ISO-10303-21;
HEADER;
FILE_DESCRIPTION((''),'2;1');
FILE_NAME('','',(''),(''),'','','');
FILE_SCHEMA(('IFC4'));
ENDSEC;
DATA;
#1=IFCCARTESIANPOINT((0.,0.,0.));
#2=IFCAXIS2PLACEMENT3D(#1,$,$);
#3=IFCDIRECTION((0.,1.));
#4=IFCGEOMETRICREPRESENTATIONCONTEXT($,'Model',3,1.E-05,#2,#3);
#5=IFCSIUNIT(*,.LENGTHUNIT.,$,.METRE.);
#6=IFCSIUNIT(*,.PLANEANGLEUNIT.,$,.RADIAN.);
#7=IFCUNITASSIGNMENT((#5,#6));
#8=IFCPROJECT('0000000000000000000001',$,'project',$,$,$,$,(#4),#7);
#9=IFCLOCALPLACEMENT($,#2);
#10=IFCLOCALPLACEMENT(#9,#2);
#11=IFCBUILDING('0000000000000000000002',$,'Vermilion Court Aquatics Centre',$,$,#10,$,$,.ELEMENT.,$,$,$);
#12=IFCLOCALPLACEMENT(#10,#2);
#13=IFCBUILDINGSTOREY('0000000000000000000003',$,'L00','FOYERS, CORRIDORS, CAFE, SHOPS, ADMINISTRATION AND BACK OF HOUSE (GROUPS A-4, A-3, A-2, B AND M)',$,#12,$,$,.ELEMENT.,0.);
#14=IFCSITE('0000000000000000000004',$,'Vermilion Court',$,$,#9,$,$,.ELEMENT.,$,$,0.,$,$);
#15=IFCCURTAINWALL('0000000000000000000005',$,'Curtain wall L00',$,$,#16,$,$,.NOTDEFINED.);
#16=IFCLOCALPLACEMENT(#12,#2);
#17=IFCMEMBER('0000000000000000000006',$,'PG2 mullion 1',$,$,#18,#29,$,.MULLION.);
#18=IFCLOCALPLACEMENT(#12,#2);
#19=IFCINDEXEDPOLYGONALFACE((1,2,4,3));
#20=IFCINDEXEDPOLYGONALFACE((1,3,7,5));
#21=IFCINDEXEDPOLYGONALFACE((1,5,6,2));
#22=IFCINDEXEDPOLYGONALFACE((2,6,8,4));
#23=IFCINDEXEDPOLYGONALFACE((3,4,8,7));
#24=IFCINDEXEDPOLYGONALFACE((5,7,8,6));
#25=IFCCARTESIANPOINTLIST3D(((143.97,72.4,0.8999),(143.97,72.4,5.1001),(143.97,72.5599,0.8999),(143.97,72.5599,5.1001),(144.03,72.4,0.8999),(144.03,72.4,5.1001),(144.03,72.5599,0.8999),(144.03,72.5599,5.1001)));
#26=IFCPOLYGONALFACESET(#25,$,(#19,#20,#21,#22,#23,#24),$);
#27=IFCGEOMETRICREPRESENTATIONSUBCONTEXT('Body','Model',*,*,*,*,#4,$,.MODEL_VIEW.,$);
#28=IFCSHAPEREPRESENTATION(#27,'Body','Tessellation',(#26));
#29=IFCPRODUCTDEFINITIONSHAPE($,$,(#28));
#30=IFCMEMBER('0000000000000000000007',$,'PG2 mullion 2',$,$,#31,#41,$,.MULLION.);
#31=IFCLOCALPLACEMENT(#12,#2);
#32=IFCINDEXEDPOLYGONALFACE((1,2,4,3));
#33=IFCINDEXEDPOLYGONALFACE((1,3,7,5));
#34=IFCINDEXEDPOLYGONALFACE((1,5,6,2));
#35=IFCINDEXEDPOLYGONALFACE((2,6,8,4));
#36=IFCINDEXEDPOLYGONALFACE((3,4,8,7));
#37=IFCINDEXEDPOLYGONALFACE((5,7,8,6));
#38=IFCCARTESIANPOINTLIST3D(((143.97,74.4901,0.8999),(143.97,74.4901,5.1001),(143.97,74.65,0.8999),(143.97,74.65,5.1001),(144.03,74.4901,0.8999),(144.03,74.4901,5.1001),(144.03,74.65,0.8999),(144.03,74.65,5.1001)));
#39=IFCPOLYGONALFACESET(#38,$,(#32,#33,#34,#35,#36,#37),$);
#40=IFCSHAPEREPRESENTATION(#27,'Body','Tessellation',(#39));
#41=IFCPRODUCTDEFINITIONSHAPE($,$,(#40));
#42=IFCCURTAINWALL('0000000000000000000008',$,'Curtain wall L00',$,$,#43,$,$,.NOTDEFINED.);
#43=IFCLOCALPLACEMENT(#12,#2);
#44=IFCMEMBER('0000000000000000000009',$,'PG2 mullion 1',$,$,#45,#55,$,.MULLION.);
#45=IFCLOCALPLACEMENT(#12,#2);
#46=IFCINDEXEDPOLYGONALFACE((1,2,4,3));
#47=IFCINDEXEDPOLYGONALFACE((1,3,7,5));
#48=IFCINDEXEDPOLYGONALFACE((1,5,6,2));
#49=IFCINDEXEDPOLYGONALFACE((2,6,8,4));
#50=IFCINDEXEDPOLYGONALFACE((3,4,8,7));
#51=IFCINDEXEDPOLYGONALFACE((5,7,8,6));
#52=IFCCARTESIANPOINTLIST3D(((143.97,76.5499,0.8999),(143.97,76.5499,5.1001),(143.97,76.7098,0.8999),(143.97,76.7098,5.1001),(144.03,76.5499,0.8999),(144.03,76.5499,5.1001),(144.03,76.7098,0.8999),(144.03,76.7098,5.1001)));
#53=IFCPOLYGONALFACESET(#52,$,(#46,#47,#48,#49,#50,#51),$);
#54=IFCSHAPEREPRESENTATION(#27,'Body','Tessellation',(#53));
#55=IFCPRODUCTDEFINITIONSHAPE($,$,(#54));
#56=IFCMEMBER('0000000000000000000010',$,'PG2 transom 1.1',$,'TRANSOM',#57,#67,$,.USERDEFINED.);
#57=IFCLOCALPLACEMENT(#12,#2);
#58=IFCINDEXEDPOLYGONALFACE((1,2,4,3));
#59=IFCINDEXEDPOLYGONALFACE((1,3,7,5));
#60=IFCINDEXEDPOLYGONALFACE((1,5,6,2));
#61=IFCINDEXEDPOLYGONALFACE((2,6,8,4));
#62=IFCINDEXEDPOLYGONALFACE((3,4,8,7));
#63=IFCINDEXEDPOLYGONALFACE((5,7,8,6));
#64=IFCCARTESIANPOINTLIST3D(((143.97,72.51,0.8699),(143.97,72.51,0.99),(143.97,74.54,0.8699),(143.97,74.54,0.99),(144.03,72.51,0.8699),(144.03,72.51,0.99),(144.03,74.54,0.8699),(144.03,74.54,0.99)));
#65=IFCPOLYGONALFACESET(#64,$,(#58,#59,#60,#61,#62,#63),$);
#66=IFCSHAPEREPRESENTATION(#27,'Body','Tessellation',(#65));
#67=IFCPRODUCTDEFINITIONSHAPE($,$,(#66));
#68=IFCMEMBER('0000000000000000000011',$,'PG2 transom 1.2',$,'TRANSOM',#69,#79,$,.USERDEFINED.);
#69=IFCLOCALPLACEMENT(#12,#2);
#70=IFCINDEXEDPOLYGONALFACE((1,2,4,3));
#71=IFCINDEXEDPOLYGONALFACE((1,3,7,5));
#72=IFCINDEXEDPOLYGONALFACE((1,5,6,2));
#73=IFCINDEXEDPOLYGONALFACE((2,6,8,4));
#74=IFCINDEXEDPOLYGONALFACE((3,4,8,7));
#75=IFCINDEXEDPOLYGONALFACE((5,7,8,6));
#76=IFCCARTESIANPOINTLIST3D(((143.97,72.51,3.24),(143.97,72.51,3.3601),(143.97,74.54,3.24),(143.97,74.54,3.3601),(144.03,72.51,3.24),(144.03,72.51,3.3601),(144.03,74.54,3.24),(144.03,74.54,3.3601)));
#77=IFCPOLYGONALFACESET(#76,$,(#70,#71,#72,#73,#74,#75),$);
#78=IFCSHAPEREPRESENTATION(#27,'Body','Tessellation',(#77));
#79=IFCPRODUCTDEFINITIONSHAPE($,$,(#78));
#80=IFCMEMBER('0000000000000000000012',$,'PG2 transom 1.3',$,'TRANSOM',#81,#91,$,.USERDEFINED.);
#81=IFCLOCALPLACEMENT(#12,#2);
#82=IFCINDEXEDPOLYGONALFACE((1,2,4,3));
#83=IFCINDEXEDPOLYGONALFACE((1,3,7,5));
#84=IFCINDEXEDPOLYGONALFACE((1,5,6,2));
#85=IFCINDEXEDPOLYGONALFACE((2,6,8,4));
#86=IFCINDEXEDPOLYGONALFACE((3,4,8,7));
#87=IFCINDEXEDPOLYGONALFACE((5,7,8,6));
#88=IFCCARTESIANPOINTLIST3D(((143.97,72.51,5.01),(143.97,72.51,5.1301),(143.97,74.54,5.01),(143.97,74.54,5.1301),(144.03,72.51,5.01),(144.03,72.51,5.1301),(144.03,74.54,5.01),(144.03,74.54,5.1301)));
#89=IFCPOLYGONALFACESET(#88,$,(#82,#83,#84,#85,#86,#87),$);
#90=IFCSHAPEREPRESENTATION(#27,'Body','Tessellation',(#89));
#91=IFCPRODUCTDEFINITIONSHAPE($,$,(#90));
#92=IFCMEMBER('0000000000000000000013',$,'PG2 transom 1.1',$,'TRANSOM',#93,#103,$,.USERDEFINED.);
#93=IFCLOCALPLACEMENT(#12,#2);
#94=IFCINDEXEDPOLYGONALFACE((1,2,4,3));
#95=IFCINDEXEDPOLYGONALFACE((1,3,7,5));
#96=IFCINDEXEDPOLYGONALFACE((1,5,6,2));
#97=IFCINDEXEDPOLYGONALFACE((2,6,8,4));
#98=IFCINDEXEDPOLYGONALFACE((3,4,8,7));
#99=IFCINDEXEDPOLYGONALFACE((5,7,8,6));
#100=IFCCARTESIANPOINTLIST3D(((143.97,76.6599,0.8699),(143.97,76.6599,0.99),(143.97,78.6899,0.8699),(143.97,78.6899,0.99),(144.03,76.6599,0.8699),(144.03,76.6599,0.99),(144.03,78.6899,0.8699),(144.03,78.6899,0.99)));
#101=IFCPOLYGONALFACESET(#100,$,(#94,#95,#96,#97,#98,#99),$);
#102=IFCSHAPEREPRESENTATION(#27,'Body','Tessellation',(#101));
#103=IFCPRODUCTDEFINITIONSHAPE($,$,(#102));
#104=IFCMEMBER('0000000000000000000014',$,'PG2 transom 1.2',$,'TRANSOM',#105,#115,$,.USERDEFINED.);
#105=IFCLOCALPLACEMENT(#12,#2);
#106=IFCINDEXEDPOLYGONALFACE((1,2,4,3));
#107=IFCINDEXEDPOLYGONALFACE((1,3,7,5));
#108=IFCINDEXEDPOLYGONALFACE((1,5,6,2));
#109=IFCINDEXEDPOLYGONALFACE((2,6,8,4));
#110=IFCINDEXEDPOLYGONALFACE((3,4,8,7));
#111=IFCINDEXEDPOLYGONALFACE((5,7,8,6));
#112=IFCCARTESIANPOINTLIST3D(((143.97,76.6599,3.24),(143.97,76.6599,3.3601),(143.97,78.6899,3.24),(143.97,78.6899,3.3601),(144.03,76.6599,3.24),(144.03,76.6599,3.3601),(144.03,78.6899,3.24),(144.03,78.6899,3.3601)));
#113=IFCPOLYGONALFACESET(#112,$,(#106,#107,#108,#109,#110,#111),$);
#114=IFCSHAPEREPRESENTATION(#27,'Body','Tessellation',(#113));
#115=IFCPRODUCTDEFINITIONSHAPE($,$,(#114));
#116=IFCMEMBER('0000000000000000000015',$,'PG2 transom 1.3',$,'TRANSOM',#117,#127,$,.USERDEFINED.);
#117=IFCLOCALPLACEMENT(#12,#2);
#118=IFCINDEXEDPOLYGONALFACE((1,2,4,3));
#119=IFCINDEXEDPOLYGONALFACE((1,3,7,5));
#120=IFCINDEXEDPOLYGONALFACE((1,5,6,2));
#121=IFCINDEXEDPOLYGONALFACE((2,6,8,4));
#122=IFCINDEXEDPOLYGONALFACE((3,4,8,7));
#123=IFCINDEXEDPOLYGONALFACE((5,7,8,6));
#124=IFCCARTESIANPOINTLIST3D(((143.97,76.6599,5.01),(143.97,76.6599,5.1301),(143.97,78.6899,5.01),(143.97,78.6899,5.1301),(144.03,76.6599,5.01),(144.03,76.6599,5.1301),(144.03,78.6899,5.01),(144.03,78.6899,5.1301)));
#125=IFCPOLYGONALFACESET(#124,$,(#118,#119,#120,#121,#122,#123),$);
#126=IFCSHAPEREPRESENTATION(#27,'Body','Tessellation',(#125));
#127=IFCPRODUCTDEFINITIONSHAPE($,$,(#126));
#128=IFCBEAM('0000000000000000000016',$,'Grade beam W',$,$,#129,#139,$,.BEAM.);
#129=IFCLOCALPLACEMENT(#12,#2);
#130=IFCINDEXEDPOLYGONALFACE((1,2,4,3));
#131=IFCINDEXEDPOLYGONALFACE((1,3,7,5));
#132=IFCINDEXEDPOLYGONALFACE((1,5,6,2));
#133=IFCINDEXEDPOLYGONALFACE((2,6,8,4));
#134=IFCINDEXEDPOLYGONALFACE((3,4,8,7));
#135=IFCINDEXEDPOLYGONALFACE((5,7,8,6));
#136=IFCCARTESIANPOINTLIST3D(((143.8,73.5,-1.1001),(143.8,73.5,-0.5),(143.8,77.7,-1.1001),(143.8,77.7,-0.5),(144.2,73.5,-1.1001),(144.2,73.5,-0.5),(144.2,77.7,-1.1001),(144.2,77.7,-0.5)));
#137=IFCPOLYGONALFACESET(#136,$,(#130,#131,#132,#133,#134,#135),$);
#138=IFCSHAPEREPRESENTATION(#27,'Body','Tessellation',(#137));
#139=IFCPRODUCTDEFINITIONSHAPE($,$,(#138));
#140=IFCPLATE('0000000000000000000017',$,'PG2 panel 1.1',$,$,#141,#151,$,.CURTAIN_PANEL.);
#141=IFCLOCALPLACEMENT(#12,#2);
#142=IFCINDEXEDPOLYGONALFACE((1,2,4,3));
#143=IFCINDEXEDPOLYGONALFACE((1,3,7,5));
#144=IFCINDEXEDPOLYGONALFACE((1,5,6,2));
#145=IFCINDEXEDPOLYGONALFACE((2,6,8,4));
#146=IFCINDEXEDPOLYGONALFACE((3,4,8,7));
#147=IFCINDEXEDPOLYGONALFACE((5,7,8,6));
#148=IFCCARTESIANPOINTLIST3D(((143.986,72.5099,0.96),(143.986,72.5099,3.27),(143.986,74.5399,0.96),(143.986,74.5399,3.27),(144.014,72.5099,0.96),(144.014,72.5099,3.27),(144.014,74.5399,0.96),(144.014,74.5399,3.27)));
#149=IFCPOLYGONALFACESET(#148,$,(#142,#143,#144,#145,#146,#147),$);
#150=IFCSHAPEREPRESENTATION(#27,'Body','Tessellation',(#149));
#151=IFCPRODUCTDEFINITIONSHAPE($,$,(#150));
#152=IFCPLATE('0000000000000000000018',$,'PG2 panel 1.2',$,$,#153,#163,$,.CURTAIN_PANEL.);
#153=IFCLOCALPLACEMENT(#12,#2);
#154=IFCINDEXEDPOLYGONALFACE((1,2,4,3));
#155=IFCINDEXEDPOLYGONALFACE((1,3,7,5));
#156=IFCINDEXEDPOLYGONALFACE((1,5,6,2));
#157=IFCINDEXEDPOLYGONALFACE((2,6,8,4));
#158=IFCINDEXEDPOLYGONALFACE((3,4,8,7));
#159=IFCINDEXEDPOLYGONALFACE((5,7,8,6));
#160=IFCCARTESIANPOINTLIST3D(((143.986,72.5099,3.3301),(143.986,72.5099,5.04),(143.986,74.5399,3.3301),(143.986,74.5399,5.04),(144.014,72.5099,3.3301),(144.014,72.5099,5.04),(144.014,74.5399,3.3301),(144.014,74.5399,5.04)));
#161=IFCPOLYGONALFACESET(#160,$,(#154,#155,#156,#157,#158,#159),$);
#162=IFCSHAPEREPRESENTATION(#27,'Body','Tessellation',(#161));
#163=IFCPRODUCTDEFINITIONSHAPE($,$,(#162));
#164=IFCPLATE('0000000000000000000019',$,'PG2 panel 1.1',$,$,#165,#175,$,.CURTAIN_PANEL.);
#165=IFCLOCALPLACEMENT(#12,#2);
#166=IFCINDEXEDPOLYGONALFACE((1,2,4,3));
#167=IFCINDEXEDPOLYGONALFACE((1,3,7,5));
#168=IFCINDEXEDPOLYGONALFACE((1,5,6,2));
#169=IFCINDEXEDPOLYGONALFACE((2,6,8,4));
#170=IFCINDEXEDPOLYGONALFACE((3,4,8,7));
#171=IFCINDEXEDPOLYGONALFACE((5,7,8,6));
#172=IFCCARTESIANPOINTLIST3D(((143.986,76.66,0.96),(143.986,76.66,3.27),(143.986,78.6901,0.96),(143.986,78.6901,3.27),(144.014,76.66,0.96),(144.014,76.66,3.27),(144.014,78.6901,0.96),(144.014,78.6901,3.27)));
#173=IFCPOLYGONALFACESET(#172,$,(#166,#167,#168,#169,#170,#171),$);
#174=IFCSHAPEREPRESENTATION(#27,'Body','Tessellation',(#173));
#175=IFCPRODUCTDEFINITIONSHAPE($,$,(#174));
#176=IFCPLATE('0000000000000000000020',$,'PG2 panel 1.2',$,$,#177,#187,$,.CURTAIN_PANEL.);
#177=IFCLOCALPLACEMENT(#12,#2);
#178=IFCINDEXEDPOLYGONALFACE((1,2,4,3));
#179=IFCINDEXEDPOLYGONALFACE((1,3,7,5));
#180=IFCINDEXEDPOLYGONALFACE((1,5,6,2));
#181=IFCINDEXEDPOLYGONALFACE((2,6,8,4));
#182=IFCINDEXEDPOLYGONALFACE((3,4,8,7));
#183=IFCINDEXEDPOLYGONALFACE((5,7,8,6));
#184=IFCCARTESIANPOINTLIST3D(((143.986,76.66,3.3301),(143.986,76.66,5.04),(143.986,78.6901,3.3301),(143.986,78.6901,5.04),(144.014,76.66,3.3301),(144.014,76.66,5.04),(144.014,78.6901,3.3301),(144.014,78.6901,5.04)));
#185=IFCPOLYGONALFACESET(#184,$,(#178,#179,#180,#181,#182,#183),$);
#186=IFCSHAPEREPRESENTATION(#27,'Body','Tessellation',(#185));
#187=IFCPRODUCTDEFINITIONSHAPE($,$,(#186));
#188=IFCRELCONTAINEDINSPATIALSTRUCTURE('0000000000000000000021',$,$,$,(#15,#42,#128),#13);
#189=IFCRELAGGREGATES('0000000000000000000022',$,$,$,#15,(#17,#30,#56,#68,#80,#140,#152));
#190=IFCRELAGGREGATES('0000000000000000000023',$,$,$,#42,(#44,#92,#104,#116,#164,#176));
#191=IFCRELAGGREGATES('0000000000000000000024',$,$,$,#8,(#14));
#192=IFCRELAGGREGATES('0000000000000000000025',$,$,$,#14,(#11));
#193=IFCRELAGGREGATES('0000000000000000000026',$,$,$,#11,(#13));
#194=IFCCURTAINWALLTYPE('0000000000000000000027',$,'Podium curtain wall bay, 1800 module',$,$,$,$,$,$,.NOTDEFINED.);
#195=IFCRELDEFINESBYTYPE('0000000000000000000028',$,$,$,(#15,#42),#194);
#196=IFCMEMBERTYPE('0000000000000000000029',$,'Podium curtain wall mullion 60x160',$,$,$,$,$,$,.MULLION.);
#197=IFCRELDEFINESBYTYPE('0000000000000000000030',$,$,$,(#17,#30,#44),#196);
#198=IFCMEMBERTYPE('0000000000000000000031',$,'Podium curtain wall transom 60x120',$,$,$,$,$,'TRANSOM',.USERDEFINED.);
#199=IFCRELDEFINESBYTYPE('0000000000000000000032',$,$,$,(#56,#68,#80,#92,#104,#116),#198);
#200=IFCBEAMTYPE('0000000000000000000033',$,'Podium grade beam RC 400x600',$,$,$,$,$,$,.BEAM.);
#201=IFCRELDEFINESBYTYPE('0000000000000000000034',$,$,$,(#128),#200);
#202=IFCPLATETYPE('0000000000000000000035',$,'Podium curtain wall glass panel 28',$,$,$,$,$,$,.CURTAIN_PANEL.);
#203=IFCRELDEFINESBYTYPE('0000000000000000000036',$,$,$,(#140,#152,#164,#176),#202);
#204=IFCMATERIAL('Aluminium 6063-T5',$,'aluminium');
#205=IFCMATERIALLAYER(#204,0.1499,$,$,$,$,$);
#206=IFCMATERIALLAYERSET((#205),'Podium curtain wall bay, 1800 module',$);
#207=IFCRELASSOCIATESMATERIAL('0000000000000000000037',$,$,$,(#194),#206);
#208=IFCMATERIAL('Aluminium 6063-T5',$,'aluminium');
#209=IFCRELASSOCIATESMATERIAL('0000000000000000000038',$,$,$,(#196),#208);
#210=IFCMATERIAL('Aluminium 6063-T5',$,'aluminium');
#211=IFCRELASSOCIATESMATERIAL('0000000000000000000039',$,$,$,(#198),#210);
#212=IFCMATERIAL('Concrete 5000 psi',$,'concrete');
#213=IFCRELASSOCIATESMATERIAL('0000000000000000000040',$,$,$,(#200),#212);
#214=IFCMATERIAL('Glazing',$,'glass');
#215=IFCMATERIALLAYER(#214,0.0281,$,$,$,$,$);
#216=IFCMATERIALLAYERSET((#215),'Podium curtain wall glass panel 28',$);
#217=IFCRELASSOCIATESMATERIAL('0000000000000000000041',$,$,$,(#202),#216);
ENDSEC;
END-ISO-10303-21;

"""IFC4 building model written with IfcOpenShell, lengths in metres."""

from ifc_helpers import new_model, si_unit, direction, frame, origin, origin_2d, place, context, subcontext, project, spatial, rectangle, extrude, material, layer, layer_set, material_profile, profile_set, type_object, element, aggregate, save


model = new_model("IFC4")

# Units and contexts
model_context = context("Model", 3, precision=1e-05, world=origin(), true_north=direction((0.0, 1.0)))
body_context = subcontext(model_context, "Body", "Model", "MODEL_VIEW")
ifc_project = project(units=[si_unit("LENGTHUNIT", "METRE"), si_unit("PLANEANGLEUNIT", "RADIAN")], contexts=[model_context])

# Site, building, storey
site_placement = place(None, origin())
site = spatial("IfcSite", under=ifc_project, at=site_placement, Name="Vermilion Court", CompositionType="ELEMENT", RefElevation=0.0)
building_placement = place(site_placement, origin())
building = spatial("IfcBuilding", under=site, at=building_placement, Name="Vermilion Court Aquatics Centre", CompositionType="ELEMENT")
storey_placement = place(building_placement, origin())
storey = spatial("IfcBuildingStorey", under=building, at=storey_placement, Name="L00", Description="FOYERS, CORRIDORS, CAFE, SHOPS, ADMINISTRATION AND BACK OF HOUSE (GROUPS A-4, A-3, A-2, B AND M)", CompositionType="ELEMENT", Elevation=0.0)

# Curtain wall, members
ifc_material_1 = material(Name="Aluminium 6063-T5", Category="aluminium")
ifc_layer_1 = layer(ifc_material_1, 0.1499)
ifc_layer_set_1 = layer_set([ifc_layer_1], Name="Podium curtain wall bay, 1800 module")
curtain_wall_type = type_object("IfcCurtainWallType", Name="Podium curtain wall bay, 1800 module", PredefinedType="NOTDEFINED", material=ifc_layer_set_1)
curtain_wall_1_placement = place(storey_placement, origin())
curtain_wall_1 = element("IfcCurtainWall", 1, at=curtain_wall_1_placement, inside=storey, type_object=curtain_wall_type, Name="Curtain wall L00", PredefinedType="NOTDEFINED")
ifc_material_2 = material(Name="Aluminium 6063-T5", Category="aluminium")
ifc_material_profile_1 = material_profile(ifc_material_2, rectangle(XDim=0.0601, YDim=0.1599, at=origin_2d()), Name="Mullion 60x160")
ifc_profile_set_1 = profile_set([ifc_material_profile_1], Name="Aluminium 6063-T5")
member_type_1 = type_object("IfcMemberType", Name="Podium curtain wall mullion 60x160", PredefinedType="MULLION", material=ifc_profile_set_1)
member_1_placement = place(storey_placement, frame((144.0, 72.48, 0.8999), z_axis=(0.0, 0.0, 1.0), x_axis=(-1.0, 0.0, 0.0)))
member_1 = element("IfcMember", 2, at=member_1_placement, type_object=member_type_1, Name="PG2 mullion 1", PredefinedType="MULLION", context=body_context, shape_type="SweptSolid", body=[
    extrude(rectangle(XDim=0.0601, YDim=0.1599, at=origin_2d()), origin(), (0.0, 0.0, 1.0), 4.2002),
])
member_2_placement = place(storey_placement, frame((144.0, 74.5701, 0.8999), z_axis=(0.0, 0.0, 1.0), x_axis=(-1.0, 0.0, 0.0)))
member_2 = element("IfcMember", 3, at=member_2_placement, type_object=member_type_1, Name="PG2 mullion 2", PredefinedType="MULLION", context=body_context, shape_type="SweptSolid", body=[
    extrude(rectangle(XDim=0.0601, YDim=0.1599, at=origin_2d()), origin(), (0.0, 0.0, 1.0), 4.2002),
])

# Curtain wall, member
curtain_wall_2_placement = place(storey_placement, origin())
curtain_wall_2 = element("IfcCurtainWall", 4, at=curtain_wall_2_placement, inside=storey, type_object=curtain_wall_type, Name="Curtain wall L00", PredefinedType="NOTDEFINED")
member_3_placement = place(storey_placement, frame((144.0, 76.6299, 0.8999), z_axis=(0.0, 0.0, 1.0), x_axis=(-1.0, 0.0, 0.0)))
member_3 = element("IfcMember", 5, at=member_3_placement, type_object=member_type_1, Name="PG2 mullion 1", PredefinedType="MULLION", context=body_context, shape_type="SweptSolid", body=[
    extrude(rectangle(XDim=0.0601, YDim=0.1599, at=origin_2d()), origin(), (0.0, 0.0, 1.0), 4.2002),
])

# Members
ifc_material_3 = material(Name="Aluminium 6063-T5", Category="aluminium")
ifc_material_profile_2 = material_profile(ifc_material_3, rectangle(XDim=0.0601, YDim=0.1201, at=origin_2d()), Name="Transom 60x120")
ifc_profile_set_2 = profile_set([ifc_material_profile_2], Name="Aluminium 6063-T5")
member_type_2 = type_object("IfcMemberType", Name="Podium curtain wall transom 60x120", ElementType="TRANSOM", PredefinedType="USERDEFINED", material=ifc_profile_set_2)
member_4_placement = place(storey_placement, frame((144.0, 72.51, 0.9299), z_axis=(0.0, 1.0, 0.0), x_axis=(-1.0, 0.0, 0.0)))
member_4 = element("IfcMember", 6, at=member_4_placement, type_object=member_type_2, Name="PG2 transom 1.1", ObjectType="TRANSOM", PredefinedType="USERDEFINED", context=body_context, shape_type="SweptSolid", body=[
    extrude(rectangle(XDim=0.0601, YDim=0.1201, at=origin_2d()), origin(), (0.0, 0.0, 1.0), 2.03),
])
member_5_placement = place(storey_placement, frame((144.0, 72.51, 3.3), z_axis=(0.0, 1.0, 0.0), x_axis=(-1.0, 0.0, 0.0)))
member_5 = element("IfcMember", 7, at=member_5_placement, type_object=member_type_2, Name="PG2 transom 1.2", ObjectType="TRANSOM", PredefinedType="USERDEFINED", context=body_context, shape_type="SweptSolid", body=[
    extrude(rectangle(XDim=0.0601, YDim=0.1201, at=origin_2d()), origin(), (0.0, 0.0, 1.0), 2.03),
])
member_6_placement = place(storey_placement, frame((144.0, 72.51, 5.0701), z_axis=(0.0, 1.0, 0.0), x_axis=(-1.0, 0.0, 0.0)))
member_6 = element("IfcMember", 8, at=member_6_placement, type_object=member_type_2, Name="PG2 transom 1.3", ObjectType="TRANSOM", PredefinedType="USERDEFINED", context=body_context, shape_type="SweptSolid", body=[
    extrude(rectangle(XDim=0.0601, YDim=0.1201, at=origin_2d()), origin(), (0.0, 0.0, 1.0), 2.03),
])
member_7_placement = place(storey_placement, frame((144.0, 76.6599, 0.9299), z_axis=(0.0, 1.0, 0.0), x_axis=(-1.0, 0.0, 0.0)))
member_7 = element("IfcMember", 9, at=member_7_placement, type_object=member_type_2, Name="PG2 transom 1.1", ObjectType="TRANSOM", PredefinedType="USERDEFINED", context=body_context, shape_type="SweptSolid", body=[
    extrude(rectangle(XDim=0.0601, YDim=0.1201, at=origin_2d()), origin(), (0.0, 0.0, 1.0), 2.03),
])
member_8_placement = place(storey_placement, frame((144.0, 76.6599, 3.3), z_axis=(0.0, 1.0, 0.0), x_axis=(-1.0, 0.0, 0.0)))
member_8 = element("IfcMember", 10, at=member_8_placement, type_object=member_type_2, Name="PG2 transom 1.2", ObjectType="TRANSOM", PredefinedType="USERDEFINED", context=body_context, shape_type="SweptSolid", body=[
    extrude(rectangle(XDim=0.0601, YDim=0.1201, at=origin_2d()), origin(), (0.0, 0.0, 1.0), 2.03),
])
member_9_placement = place(storey_placement, frame((144.0, 76.6599, 5.0701), z_axis=(0.0, 1.0, 0.0), x_axis=(-1.0, 0.0, 0.0)))
member_9 = element("IfcMember", 11, at=member_9_placement, type_object=member_type_2, Name="PG2 transom 1.3", ObjectType="TRANSOM", PredefinedType="USERDEFINED", context=body_context, shape_type="SweptSolid", body=[
    extrude(rectangle(XDim=0.0601, YDim=0.1201, at=origin_2d()), origin(), (0.0, 0.0, 1.0), 2.03),
])

# Beam
ifc_material_4 = material(Name="Concrete 5000 psi", Category="concrete")
ifc_material_profile_3 = material_profile(ifc_material_4, rectangle(XDim=0.3999, YDim=0.6001, at=origin_2d()), Name="RC 400x600")
ifc_profile_set_3 = profile_set([ifc_material_profile_3], Name="Concrete 5000 psi")
beam_type = type_object("IfcBeamType", Name="Podium grade beam RC 400x600", PredefinedType="BEAM", material=ifc_profile_set_3)
beam_placement = place(storey_placement, frame((144.0, 73.5, -0.8), z_axis=(0.0, 1.0, 0.0), x_axis=(-1.0, 0.0, 0.0)))
element("IfcBeam", 12, at=beam_placement, inside=storey, type_object=beam_type, Name="Grade beam W", PredefinedType="BEAM", context=body_context, shape_type="SweptSolid", body=[
    extrude(rectangle(XDim=0.3999, YDim=0.6001, at=origin_2d()), origin(), (0.0, 0.0, 1.0), 4.2),
])

# Plates
ifc_material_5 = material(Name="Glazing", Category="glass")
ifc_layer_2 = layer(ifc_material_5, 0.0281)
ifc_layer_set_2 = layer_set([ifc_layer_2], Name="Podium curtain wall glass panel 28")
plate_type = type_object("IfcPlateType", Name="Podium curtain wall glass panel 28", PredefinedType="CURTAIN_PANEL", material=ifc_layer_set_2)
plate_1_placement = place(storey_placement, frame((144.0, 73.5249, 0.96), z_axis=(0.0, 0.0, 1.0), x_axis=(0.0, 1.0, 0.0)))
plate_1 = element("IfcPlate", 13, at=plate_1_placement, type_object=plate_type, Name="PG2 panel 1.1", PredefinedType="CURTAIN_PANEL", context=body_context, shape_type="SweptSolid", body=[
    extrude(rectangle(XDim=2.03, YDim=0.0281, at=origin_2d()), origin(), (0.0, 0.0, 1.0), 2.3101),
])
plate_2_placement = place(storey_placement, frame((144.0, 73.5249, 3.3301), z_axis=(0.0, 0.0, 1.0), x_axis=(0.0, 1.0, 0.0)))
plate_2 = element("IfcPlate", 14, at=plate_2_placement, type_object=plate_type, Name="PG2 panel 1.2", PredefinedType="CURTAIN_PANEL", context=body_context, shape_type="SweptSolid", body=[
    extrude(rectangle(XDim=2.03, YDim=0.0281, at=origin_2d()), origin(), (0.0, 0.0, 1.0), 1.71),
])
aggregate(curtain_wall_1, [member_1, member_2, member_4, member_5, member_6, plate_1, plate_2])
plate_3_placement = place(storey_placement, frame((144.0, 77.675, 0.96), z_axis=(0.0, 0.0, 1.0), x_axis=(0.0, 1.0, 0.0)))
plate_3 = element("IfcPlate", 15, at=plate_3_placement, type_object=plate_type, Name="PG2 panel 1.1", PredefinedType="CURTAIN_PANEL", context=body_context, shape_type="SweptSolid", body=[
    extrude(rectangle(XDim=2.03, YDim=0.0281, at=origin_2d()), origin(), (0.0, 0.0, 1.0), 2.3101),
])
plate_4_placement = place(storey_placement, frame((144.0, 77.675, 3.3301), z_axis=(0.0, 0.0, 1.0), x_axis=(0.0, 1.0, 0.0)))
plate_4 = element("IfcPlate", 16, at=plate_4_placement, type_object=plate_type, Name="PG2 panel 1.2", PredefinedType="CURTAIN_PANEL", context=body_context, shape_type="SweptSolid", body=[
    extrude(rectangle(XDim=2.03, YDim=0.0281, at=origin_2d()), origin(), (0.0, 0.0, 1.0), 1.71),
])
aggregate(curtain_wall_2, [member_3, member_7, member_8, member_9, plate_3, plate_4])

save(model, "model.ifc")
